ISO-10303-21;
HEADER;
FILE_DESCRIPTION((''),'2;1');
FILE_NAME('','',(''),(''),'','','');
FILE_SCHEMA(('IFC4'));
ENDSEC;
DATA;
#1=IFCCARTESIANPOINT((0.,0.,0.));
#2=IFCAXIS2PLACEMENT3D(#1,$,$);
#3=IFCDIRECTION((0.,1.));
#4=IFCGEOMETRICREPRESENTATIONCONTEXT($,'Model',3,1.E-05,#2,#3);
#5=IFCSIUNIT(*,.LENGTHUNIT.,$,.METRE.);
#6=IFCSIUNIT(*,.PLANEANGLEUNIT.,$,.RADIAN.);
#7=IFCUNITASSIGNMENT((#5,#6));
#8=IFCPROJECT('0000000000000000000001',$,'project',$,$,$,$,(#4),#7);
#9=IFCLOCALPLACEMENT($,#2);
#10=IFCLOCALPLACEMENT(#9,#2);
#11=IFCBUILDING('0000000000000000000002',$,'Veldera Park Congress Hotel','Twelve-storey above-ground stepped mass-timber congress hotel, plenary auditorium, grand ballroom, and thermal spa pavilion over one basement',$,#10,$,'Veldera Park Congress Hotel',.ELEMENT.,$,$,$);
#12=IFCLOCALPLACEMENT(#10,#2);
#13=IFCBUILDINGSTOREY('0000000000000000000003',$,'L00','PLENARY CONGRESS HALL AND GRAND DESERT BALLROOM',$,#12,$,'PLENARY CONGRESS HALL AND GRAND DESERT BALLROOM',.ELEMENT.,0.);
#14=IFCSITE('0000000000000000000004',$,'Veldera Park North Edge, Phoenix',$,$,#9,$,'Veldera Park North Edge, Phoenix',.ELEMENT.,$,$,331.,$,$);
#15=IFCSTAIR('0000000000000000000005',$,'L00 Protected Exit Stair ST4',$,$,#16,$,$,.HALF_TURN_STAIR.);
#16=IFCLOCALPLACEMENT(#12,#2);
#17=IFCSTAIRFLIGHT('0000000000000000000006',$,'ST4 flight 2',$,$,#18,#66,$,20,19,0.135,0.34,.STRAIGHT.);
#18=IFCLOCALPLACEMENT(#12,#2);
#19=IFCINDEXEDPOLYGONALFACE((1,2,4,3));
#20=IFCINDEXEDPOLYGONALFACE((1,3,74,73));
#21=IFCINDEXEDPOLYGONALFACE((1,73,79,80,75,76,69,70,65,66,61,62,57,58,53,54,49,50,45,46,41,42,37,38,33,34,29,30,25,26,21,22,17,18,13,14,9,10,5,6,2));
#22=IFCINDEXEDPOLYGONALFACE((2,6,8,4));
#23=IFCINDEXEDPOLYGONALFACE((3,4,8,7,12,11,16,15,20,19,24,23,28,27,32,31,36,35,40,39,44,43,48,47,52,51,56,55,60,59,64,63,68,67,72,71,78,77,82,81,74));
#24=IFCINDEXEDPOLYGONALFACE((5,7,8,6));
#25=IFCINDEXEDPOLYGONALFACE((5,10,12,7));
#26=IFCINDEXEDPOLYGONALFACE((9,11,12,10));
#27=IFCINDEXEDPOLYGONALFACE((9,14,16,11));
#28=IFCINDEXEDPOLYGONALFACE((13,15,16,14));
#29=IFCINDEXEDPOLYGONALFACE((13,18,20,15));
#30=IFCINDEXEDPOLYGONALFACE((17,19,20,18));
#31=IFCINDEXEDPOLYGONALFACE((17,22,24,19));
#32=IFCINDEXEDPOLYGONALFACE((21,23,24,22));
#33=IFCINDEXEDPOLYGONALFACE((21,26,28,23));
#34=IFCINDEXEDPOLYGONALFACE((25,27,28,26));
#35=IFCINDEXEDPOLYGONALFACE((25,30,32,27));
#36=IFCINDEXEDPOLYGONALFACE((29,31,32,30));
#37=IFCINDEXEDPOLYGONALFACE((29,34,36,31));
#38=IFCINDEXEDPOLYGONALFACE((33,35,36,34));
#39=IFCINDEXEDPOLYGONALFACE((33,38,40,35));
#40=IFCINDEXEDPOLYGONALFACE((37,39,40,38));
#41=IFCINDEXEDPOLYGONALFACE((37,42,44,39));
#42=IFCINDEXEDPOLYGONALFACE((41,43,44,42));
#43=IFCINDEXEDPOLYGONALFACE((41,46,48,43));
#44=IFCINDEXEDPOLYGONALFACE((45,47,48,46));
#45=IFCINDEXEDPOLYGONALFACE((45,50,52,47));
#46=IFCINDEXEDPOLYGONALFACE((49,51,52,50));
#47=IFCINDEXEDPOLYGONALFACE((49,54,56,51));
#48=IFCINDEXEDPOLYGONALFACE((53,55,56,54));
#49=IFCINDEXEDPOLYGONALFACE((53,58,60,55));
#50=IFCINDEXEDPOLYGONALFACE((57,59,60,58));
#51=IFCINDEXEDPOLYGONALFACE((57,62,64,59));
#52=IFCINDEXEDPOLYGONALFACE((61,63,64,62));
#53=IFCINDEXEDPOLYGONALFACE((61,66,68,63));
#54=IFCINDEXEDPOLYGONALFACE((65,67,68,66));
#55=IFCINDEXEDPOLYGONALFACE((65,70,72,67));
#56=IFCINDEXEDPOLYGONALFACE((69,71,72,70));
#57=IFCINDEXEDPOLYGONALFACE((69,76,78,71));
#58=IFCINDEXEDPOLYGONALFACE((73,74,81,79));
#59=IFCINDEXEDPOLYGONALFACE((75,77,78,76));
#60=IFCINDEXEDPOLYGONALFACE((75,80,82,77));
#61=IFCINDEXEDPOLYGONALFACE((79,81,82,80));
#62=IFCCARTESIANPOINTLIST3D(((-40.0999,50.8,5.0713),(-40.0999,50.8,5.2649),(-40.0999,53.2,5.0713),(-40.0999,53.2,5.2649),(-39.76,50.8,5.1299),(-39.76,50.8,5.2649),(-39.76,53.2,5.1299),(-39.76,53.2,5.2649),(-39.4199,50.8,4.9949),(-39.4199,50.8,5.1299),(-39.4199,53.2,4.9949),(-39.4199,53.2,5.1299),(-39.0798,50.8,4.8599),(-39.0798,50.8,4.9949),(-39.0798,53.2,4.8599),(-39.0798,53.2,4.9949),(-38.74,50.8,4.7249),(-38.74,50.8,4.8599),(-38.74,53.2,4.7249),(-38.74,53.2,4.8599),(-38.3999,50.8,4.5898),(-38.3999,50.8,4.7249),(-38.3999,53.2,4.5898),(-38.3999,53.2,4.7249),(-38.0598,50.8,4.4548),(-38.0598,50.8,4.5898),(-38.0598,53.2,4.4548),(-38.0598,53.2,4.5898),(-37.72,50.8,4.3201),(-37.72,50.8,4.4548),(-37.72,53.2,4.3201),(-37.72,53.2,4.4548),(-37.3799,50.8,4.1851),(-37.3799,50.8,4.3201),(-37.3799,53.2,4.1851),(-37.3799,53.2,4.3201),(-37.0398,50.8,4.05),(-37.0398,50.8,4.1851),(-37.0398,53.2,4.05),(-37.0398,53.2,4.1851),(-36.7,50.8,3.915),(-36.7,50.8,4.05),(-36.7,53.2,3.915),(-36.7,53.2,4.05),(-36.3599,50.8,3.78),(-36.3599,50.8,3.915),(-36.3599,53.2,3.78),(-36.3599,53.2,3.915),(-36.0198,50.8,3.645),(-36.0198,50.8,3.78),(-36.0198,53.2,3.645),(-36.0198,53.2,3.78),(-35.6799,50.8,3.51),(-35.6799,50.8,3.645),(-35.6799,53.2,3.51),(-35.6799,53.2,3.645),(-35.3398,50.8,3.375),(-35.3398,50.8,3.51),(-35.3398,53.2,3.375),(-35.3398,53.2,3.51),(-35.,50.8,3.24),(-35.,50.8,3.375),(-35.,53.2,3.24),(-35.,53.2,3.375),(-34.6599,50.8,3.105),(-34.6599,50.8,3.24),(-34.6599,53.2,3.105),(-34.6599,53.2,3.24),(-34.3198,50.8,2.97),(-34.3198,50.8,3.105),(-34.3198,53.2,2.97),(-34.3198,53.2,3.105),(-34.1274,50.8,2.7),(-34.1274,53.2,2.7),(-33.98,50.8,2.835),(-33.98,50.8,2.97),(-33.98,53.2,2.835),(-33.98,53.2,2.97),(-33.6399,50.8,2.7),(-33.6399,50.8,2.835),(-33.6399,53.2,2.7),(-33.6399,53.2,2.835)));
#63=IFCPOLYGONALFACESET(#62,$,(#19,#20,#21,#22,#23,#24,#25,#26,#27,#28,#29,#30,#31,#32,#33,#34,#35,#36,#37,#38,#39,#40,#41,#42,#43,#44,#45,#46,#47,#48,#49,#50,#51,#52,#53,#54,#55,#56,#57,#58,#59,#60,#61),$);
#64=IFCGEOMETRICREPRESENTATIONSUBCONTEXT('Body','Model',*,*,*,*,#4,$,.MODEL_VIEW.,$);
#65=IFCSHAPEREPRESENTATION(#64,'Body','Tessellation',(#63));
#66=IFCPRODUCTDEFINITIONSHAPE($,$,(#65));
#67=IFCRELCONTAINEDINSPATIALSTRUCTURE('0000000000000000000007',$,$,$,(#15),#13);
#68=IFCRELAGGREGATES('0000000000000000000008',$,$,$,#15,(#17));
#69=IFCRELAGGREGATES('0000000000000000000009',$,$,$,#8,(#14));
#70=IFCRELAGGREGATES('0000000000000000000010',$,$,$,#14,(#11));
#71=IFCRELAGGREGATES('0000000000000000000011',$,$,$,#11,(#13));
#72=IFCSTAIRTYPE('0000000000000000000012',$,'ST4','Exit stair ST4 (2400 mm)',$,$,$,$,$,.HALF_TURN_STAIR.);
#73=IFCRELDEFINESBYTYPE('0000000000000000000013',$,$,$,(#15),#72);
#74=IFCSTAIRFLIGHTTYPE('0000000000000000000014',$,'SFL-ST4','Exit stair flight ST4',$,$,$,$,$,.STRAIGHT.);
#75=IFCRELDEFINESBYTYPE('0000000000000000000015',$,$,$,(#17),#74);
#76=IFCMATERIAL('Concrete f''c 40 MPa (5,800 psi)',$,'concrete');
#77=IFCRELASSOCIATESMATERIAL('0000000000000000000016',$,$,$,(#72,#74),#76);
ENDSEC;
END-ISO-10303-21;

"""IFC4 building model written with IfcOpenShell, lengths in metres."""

from ifc_helpers import new_model, si_unit, direction, frame, origin, place, context, subcontext, project, spatial, polyline, outline, extrude, material, type_object, element, aggregate, save


model = new_model("IFC4")

# Units and contexts
model_context = context("Model", 3, precision=1e-05, world=origin(), true_north=direction((0.0, 1.0)))
body_context = subcontext(model_context, "Body", "Model", "MODEL_VIEW")
ifc_project = project(units=[si_unit("LENGTHUNIT", "METRE"), si_unit("PLANEANGLEUNIT", "RADIAN")], contexts=[model_context])

# Site, building, storey
site_placement = place(None, origin())
site = spatial("IfcSite", under=ifc_project, at=site_placement, Name="Veldera Park North Edge, Phoenix", LongName="Veldera Park North Edge, Phoenix", CompositionType="ELEMENT", RefElevation=331.0)
building_placement = place(site_placement, origin())
building = spatial("IfcBuilding", under=site, at=building_placement, Name="Veldera Park Congress Hotel", Description="Twelve-storey above-ground stepped mass-timber congress hotel, plenary auditorium, grand ballroom, and thermal spa pavilion over one basement", LongName="Veldera Park Congress Hotel", CompositionType="ELEMENT")
storey_placement = place(building_placement, origin())
storey = spatial("IfcBuildingStorey", under=building, at=storey_placement, Name="L00", Description="PLENARY CONGRESS HALL AND GRAND DESERT BALLROOM", LongName="PLENARY CONGRESS HALL AND GRAND DESERT BALLROOM", CompositionType="ELEMENT", Elevation=0.0)

# Shared definitions
ifc_material_1 = material(Name="Concrete f'c 40 MPa (5,800 psi)", Category="concrete")

# Stair, stair flight
stair_type = type_object("IfcStairType", Name="ST4", Description="Exit stair ST4 (2400 mm)", PredefinedType="HALF_TURN_STAIR", material=ifc_material_1)
stair_placement = place(storey_placement, origin())
stair = element("IfcStair", 1, at=stair_placement, inside=storey, type_object=stair_type, Name="L00 Protected Exit Stair ST4", PredefinedType="HALF_TURN_STAIR")
stair_flight_type = type_object("IfcStairFlightType", Name="SFL-ST4", Description="Exit stair flight ST4", PredefinedType="STRAIGHT", material=ifc_material_1)
stair_flight_1_placement = place(storey_placement, frame((-33.6399, 52.0, 2.7), z_axis=(0.0, 0.0, 1.0), x_axis=(-1.0, 0.0, 0.0)))
stair_flight_1 = element("IfcStairFlight", 2, at=stair_flight_1_placement, type_object=stair_flight_type, Name="ST4 flight 2", NumberOfRisers=20, NumberOfTreads=19, PredefinedType="STRAIGHT", RiserHeight=0.135, TreadLength=0.34, context=body_context, shape_type="SweptSolid", body=[
    extrude(outline(polyline([(0.0, 0.0), (0.0, 0.135), (0.3401, 0.135), (0.3401, 0.27), (0.6799, 0.27), (0.6799, 0.405), (1.02, 0.405), (1.02, 0.54), (1.3601, 0.54), (1.3601, 0.675), (1.7, 0.675), (1.7, 0.8101), (2.04, 0.8101), (2.04, 0.9451), (2.3799, 0.9451), (2.3799, 1.0801), (2.72, 1.0801), (2.72, 1.2151), (3.0601, 1.2151), (3.0601, 1.3501), (3.3999, 1.3501), (3.3999, 1.4851), (3.74, 1.4851), (3.74, 1.6201), (4.0801, 1.6201), (4.0801, 1.7549), (4.4199, 1.7549), (4.4199, 1.8899), (4.76, 1.8899), (4.76, 2.0249), (5.1001, 2.0249), (5.1001, 2.1599), (5.4399, 2.1599), (5.4399, 2.2949), (5.78, 2.2949), (5.78, 2.4299), (6.1201, 2.4299), (6.1201, 2.5649), (6.46, 2.5649), (6.46, 2.7), (6.46, 2.7), (6.46, 2.3713), (0.4875, 0.0), (0.0, 0.0)])), frame((0.0, 1.2, 0.0), z_axis=(0.0, -1.0, 0.0), x_axis=(1.0, 0.0, 0.0)), (0.0, 0.0, 1.0), 2.3999),
])
aggregate(stair, [stair_flight_1])

save(model, "model.ifc")
